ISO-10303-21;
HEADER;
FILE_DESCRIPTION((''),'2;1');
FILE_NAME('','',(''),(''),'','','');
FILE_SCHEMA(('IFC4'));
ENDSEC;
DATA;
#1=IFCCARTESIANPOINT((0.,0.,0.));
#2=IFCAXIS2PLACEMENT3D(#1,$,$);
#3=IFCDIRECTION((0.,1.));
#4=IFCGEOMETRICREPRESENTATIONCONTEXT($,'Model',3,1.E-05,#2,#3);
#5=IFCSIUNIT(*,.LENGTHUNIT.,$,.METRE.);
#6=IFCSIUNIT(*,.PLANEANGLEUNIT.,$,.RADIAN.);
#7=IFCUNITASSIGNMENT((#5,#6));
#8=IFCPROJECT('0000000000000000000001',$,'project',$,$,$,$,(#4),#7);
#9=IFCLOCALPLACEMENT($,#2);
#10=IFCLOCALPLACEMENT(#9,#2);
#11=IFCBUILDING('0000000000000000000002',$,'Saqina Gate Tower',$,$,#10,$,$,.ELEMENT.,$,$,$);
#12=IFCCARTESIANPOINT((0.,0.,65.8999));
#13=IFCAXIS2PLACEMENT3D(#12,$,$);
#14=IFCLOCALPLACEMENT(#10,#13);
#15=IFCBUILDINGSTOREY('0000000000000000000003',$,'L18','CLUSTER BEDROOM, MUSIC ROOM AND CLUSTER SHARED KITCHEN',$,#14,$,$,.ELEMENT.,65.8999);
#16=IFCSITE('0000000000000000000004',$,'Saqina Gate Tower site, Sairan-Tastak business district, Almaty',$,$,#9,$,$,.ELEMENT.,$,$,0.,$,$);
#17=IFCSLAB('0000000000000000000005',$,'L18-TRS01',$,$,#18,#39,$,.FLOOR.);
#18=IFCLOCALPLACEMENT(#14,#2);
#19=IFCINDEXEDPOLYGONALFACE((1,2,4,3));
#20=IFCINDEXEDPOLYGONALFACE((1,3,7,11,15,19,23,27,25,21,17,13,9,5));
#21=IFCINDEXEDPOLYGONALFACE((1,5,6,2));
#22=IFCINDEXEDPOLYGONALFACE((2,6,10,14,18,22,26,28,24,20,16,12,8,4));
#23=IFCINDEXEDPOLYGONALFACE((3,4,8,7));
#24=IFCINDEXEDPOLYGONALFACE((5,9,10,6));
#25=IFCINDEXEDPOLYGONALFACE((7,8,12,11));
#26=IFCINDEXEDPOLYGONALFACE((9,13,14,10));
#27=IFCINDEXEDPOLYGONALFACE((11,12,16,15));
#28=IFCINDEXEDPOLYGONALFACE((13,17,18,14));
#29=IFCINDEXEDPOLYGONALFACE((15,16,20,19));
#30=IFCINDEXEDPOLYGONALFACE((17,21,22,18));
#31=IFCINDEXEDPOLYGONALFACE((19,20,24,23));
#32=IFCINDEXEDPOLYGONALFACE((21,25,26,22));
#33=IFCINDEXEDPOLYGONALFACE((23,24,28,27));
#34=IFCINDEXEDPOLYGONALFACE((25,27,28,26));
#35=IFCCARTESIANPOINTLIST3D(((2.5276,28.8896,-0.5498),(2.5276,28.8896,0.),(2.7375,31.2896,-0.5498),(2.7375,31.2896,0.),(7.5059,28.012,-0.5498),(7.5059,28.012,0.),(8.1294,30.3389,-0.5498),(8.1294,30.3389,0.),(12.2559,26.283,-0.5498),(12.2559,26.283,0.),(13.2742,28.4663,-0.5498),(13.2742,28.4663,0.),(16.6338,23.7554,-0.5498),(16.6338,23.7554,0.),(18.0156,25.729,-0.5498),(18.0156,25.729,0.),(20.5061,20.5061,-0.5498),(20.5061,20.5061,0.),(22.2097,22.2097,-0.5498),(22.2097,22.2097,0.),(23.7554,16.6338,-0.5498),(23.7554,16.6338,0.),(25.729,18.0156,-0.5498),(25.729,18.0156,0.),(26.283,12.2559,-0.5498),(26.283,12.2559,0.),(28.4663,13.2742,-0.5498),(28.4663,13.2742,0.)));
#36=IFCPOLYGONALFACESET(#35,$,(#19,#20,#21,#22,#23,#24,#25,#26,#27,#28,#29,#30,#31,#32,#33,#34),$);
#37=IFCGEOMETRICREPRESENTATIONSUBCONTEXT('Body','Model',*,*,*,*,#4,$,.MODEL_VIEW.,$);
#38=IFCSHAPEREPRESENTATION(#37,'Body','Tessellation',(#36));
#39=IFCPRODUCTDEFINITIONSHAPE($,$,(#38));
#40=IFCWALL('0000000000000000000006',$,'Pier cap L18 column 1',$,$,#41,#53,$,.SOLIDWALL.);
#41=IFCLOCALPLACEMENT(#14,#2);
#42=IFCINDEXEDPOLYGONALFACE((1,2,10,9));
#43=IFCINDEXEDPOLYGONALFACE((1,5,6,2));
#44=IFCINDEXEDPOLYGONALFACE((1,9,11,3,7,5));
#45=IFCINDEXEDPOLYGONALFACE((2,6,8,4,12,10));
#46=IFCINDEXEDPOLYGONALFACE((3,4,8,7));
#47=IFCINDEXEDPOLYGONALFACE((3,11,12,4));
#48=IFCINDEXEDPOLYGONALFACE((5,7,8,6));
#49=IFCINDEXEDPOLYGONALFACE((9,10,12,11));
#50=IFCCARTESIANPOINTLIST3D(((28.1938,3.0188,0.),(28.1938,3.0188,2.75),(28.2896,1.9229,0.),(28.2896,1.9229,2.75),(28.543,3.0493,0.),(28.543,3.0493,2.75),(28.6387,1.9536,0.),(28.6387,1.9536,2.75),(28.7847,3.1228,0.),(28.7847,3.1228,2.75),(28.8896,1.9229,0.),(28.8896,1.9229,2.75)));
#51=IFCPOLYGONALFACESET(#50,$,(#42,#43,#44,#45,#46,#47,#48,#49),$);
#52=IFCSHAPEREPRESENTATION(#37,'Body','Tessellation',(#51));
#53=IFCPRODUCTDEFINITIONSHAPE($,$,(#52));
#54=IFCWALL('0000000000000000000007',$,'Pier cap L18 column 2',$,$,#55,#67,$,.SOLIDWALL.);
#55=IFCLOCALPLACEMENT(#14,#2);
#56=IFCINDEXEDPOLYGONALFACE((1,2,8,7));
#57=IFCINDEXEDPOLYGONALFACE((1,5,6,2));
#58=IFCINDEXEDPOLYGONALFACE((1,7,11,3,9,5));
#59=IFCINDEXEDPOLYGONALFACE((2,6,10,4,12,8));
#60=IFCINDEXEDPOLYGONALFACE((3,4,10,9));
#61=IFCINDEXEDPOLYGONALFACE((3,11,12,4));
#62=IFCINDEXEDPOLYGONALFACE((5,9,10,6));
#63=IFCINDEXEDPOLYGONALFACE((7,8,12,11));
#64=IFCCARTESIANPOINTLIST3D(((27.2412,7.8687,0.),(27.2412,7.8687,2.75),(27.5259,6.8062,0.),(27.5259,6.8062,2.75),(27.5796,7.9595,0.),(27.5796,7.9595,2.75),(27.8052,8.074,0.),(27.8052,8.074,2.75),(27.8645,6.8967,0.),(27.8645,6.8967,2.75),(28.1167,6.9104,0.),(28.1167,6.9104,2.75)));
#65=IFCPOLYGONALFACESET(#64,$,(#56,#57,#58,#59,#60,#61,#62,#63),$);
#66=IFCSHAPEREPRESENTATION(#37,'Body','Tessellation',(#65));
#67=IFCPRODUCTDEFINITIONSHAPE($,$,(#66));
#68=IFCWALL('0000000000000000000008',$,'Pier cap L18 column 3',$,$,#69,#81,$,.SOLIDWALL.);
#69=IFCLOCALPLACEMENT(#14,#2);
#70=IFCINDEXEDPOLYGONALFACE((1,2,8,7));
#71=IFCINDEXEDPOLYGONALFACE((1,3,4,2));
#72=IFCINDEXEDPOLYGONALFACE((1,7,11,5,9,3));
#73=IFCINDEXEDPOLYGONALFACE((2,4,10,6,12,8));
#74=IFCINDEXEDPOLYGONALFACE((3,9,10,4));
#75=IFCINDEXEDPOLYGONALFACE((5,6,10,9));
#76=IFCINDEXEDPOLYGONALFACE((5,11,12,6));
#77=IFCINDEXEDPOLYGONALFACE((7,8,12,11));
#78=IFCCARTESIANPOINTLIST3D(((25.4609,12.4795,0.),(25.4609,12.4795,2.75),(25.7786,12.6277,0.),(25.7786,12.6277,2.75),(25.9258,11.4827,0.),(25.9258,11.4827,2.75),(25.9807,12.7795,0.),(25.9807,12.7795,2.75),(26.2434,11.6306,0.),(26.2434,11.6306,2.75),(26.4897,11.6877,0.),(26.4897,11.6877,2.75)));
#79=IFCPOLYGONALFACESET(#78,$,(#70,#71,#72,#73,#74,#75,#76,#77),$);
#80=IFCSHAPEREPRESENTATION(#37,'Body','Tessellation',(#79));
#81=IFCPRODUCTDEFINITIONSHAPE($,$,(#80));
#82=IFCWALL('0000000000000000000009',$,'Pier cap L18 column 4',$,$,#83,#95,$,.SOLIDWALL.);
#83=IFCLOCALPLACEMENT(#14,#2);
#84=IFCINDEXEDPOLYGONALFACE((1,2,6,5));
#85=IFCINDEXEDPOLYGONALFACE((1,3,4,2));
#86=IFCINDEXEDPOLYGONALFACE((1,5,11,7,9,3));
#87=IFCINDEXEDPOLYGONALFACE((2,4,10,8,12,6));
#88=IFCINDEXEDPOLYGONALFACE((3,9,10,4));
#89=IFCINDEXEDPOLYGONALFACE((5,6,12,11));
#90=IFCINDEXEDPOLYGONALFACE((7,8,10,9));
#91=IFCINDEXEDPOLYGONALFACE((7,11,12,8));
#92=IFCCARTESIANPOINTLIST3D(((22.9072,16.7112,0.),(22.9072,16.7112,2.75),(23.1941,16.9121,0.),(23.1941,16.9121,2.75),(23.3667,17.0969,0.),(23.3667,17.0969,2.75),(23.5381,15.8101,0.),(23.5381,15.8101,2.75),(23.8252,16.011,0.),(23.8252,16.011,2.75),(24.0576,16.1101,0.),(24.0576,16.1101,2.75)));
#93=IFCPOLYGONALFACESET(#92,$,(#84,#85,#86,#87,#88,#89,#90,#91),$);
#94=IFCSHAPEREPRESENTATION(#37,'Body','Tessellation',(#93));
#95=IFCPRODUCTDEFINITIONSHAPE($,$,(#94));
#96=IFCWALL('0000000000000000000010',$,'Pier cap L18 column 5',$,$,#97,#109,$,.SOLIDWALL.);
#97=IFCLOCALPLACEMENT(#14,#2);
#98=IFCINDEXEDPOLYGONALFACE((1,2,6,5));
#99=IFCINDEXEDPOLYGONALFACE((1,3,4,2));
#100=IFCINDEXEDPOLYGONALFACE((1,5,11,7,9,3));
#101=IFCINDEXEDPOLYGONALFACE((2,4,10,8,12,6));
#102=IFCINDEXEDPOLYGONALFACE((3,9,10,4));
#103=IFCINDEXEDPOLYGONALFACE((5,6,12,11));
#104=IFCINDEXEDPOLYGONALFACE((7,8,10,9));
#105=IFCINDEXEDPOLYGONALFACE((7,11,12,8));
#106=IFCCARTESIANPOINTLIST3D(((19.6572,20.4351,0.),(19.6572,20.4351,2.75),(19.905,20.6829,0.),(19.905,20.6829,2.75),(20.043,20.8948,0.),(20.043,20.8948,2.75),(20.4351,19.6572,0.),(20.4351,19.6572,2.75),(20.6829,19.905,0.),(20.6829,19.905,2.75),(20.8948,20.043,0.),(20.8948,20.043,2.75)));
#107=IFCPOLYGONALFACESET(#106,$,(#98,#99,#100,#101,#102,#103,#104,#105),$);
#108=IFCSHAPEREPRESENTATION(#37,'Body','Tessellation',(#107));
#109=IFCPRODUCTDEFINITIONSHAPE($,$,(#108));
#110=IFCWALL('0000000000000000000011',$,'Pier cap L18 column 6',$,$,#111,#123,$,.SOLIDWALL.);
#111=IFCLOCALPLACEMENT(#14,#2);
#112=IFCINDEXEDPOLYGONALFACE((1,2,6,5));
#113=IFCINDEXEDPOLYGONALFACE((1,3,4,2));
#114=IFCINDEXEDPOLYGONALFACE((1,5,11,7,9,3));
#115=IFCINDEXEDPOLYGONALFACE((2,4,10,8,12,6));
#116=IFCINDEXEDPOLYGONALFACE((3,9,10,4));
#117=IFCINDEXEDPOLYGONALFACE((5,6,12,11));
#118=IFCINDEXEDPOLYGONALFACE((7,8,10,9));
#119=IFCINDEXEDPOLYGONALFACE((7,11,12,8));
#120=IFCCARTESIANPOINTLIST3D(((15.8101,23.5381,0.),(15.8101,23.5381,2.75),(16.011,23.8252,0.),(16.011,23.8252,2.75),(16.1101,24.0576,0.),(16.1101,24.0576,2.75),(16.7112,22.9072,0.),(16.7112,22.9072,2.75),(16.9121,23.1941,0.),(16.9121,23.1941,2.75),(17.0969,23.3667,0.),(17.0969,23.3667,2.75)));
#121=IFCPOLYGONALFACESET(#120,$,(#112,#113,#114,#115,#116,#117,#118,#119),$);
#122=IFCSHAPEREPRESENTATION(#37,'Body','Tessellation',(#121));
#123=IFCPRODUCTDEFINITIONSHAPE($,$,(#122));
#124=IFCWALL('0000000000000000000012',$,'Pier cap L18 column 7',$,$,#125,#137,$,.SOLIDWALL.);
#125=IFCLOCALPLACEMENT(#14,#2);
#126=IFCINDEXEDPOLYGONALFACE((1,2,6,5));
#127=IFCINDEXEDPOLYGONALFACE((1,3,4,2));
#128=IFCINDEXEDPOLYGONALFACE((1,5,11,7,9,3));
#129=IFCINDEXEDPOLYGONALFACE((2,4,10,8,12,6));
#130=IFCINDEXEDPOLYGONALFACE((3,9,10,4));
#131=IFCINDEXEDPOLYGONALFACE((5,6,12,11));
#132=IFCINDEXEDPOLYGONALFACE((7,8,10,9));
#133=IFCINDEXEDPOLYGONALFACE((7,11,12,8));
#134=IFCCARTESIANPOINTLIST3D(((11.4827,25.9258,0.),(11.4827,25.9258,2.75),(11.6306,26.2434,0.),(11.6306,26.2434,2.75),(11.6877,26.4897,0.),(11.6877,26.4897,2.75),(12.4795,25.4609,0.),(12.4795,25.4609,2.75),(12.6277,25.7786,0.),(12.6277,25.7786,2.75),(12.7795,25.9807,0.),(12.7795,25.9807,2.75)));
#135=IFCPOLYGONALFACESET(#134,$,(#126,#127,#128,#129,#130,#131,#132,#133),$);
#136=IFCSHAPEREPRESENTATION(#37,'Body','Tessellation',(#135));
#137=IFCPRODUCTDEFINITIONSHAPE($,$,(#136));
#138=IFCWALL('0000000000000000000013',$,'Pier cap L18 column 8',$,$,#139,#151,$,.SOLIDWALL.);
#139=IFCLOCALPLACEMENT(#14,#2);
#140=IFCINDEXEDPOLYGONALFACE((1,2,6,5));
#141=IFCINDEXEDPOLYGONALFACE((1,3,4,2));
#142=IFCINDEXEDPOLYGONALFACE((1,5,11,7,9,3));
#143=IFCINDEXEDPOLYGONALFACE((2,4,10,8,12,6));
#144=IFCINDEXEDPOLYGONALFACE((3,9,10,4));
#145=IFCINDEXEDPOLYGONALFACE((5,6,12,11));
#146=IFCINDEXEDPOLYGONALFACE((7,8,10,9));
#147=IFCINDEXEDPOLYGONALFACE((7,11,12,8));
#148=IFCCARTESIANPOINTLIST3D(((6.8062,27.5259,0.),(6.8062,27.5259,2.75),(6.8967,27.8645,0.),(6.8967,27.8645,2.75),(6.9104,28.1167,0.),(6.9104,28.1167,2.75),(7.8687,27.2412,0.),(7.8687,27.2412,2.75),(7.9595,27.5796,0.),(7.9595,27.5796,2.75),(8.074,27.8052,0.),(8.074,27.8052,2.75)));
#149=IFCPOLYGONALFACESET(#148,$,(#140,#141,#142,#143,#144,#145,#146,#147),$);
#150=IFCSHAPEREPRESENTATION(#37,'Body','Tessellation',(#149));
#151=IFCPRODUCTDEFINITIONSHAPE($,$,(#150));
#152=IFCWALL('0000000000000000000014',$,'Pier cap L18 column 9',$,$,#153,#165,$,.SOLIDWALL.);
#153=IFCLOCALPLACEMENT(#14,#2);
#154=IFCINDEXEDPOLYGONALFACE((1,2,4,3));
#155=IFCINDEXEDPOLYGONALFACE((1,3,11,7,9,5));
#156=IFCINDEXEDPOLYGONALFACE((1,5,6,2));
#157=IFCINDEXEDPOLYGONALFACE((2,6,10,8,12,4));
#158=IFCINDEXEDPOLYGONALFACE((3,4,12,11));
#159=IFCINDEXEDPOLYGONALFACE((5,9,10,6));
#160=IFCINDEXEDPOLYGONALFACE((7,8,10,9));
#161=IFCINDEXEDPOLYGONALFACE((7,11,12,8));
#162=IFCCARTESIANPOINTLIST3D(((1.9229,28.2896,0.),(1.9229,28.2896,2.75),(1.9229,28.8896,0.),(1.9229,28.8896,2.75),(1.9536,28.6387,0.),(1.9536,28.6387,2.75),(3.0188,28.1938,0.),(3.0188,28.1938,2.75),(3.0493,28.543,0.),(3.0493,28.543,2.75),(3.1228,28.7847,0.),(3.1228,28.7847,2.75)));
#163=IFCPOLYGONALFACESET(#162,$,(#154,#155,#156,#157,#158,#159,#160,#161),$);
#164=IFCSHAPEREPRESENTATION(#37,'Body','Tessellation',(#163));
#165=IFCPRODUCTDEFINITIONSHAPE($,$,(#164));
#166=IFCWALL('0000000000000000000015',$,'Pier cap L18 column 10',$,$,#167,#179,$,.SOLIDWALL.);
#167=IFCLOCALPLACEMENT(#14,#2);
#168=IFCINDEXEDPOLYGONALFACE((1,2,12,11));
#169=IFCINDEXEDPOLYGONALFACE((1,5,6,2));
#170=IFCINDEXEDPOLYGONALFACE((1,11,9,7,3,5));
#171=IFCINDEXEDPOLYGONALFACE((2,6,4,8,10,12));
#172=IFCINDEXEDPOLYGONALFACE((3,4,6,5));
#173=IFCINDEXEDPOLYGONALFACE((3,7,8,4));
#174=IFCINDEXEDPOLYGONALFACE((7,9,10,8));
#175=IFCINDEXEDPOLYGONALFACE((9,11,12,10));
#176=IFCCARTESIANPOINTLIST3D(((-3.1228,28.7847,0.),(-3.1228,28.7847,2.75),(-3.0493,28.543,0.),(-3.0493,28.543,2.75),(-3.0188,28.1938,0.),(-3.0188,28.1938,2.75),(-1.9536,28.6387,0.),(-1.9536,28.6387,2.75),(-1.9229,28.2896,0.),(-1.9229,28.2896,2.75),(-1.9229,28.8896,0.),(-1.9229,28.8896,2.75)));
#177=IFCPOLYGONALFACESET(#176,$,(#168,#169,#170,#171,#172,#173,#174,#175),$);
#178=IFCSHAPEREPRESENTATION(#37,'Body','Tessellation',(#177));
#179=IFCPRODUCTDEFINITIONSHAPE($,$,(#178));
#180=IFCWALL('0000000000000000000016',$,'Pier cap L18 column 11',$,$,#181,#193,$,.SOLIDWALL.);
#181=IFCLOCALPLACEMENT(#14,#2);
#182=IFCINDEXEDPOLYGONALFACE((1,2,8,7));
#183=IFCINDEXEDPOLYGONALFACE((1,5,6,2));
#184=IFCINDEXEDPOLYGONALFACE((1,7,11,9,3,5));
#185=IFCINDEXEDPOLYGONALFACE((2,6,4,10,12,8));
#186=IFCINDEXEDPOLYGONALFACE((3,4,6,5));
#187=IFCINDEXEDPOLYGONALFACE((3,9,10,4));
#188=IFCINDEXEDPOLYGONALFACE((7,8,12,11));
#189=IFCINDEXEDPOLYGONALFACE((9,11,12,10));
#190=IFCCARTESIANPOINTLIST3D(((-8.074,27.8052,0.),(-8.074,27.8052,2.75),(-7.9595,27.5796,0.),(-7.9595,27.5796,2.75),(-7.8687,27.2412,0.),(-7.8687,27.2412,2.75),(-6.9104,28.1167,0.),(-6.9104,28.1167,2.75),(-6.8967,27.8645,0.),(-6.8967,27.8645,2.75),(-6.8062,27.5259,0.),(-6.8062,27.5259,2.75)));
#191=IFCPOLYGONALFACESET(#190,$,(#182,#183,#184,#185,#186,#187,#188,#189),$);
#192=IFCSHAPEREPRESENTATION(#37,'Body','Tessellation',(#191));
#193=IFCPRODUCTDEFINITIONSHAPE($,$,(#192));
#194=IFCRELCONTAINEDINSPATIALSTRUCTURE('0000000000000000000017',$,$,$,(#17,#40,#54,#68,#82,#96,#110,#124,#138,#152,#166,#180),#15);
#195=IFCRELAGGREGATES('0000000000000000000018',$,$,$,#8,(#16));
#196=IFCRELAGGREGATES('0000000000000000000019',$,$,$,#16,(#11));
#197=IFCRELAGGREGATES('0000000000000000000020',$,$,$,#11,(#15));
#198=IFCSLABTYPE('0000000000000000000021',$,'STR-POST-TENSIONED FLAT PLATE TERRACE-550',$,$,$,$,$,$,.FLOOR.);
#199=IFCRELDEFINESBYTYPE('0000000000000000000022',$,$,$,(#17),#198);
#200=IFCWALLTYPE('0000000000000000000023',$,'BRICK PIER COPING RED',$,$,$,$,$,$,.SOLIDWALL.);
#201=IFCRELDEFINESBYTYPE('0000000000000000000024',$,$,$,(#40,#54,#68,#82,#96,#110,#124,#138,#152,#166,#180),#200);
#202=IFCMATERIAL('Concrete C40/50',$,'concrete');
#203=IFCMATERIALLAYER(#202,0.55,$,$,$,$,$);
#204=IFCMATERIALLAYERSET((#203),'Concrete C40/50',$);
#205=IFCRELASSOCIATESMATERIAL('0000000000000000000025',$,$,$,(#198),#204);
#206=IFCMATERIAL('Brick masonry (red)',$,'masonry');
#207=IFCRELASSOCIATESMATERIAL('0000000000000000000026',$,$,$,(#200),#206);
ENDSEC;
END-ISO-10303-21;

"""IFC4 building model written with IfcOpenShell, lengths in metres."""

from ifc_helpers import new_model, si_unit, direction, frame, origin, place, context, subcontext, project, spatial, polyline, outline, extrude, material, layer, layer_set, type_object, element, save


model = new_model("IFC4")

# Units and contexts
model_context = context("Model", 3, precision=1e-05, world=origin(), true_north=direction((0.0, 1.0)))
body_context = subcontext(model_context, "Body", "Model", "MODEL_VIEW")
ifc_project = project(units=[si_unit("LENGTHUNIT", "METRE"), si_unit("PLANEANGLEUNIT", "RADIAN")], contexts=[model_context])

# Site, building, storey
site_placement = place(None, origin())
site = spatial("IfcSite", under=ifc_project, at=site_placement, Name="Saqina Gate Tower site, Sairan-Tastak business district, Almaty", CompositionType="ELEMENT", RefElevation=0.0)
building_placement = place(site_placement, origin())
building = spatial("IfcBuilding", under=site, at=building_placement, Name="Saqina Gate Tower", CompositionType="ELEMENT")
storey_placement = place(building_placement, frame((0.0, 0.0, 65.8999)))
storey = spatial("IfcBuildingStorey", under=building, at=storey_placement, Name="L18", Description="CLUSTER BEDROOM, MUSIC ROOM AND CLUSTER SHARED KITCHEN", CompositionType="ELEMENT", Elevation=65.8999)

# Slab
ifc_material_1 = material(Name="Concrete C40/50", Category="concrete")
ifc_layer = layer(ifc_material_1, 0.55)
ifc_layer_set = layer_set([ifc_layer], Name="Concrete C40/50")
slab_type = type_object("IfcSlabType", Name="STR-POST-TENSIONED FLAT PLATE TERRACE-550", PredefinedType="FLOOR", material=ifc_layer_set)
slab_placement = place(storey_placement, frame((0.0, 0.0, -0.5498)))
element("IfcSlab", 1, at=slab_placement, inside=storey, type_object=slab_type, Name="L18-TRS01", PredefinedType="FLOOR", context=body_context, shape_type="SweptSolid", body=[
    extrude(outline(polyline([(26.283, 12.2559), (23.7554, 16.6338), (20.5061, 20.5061), (16.6338, 23.7554), (12.2559, 26.283), (7.5059, 28.012), (2.5276, 28.8896), (2.7375, 31.2896), (8.1294, 30.3389), (13.2742, 28.4663), (18.0156, 25.729), (22.2097, 22.2097), (25.729, 18.0156), (28.4663, 13.2742), (26.283, 12.2559)])), origin(), (0.0, 0.0, 1.0), 0.5498),
])

# Walls
ifc_material_2 = material(Name="Brick masonry (red)", Category="masonry")
wall_type = type_object("IfcWallType", Name="BRICK PIER COPING RED", PredefinedType="SOLIDWALL", material=ifc_material_2)
wall_1_placement = place(storey_placement, origin())
element("IfcWall", 2, at=wall_1_placement, inside=storey, type_object=wall_type, Name="Pier cap L18 column 1", PredefinedType="SOLIDWALL", context=body_context, shape_type="SweptSolid", body=[
    extrude(outline(polyline([(28.8896, 1.9229), (28.7847, 3.1228), (28.1938, 3.0188), (28.543, 3.0493), (28.6387, 1.9536), (28.2896, 1.9229), (28.8896, 1.9229)])), origin(), (0.0, 0.0, 1.0), 2.75),
])
wall_2_placement = place(storey_placement, origin())
element("IfcWall", 3, at=wall_2_placement, inside=storey, type_object=wall_type, Name="Pier cap L18 column 2", PredefinedType="SOLIDWALL", context=body_context, shape_type="SweptSolid", body=[
    extrude(outline(polyline([(28.1167, 6.9104), (27.8052, 8.074), (27.2412, 7.8687), (27.5796, 7.9595), (27.8645, 6.8967), (27.5259, 6.8062), (28.1167, 6.9104)])), origin(), (0.0, 0.0, 1.0), 2.75),
])
wall_3_placement = place(storey_placement, origin())
element("IfcWall", 4, at=wall_3_placement, inside=storey, type_object=wall_type, Name="Pier cap L18 column 3", PredefinedType="SOLIDWALL", context=body_context, shape_type="SweptSolid", body=[
    extrude(outline(polyline([(25.9807, 12.7795), (25.4609, 12.4795), (25.7786, 12.6277), (26.2434, 11.6306), (25.9258, 11.4827), (26.4897, 11.6877), (25.9807, 12.7795)])), origin(), (0.0, 0.0, 1.0), 2.75),
])
wall_4_placement = place(storey_placement, origin())
element("IfcWall", 5, at=wall_4_placement, inside=storey, type_object=wall_type, Name="Pier cap L18 column 4", PredefinedType="SOLIDWALL", context=body_context, shape_type="SweptSolid", body=[
    extrude(outline(polyline([(24.0576, 16.1101), (23.3667, 17.0969), (22.9072, 16.7112), (23.1941, 16.9121), (23.8252, 16.011), (23.5381, 15.8101), (24.0576, 16.1101)])), origin(), (0.0, 0.0, 1.0), 2.75),
])
wall_5_placement = place(storey_placement, origin())
element("IfcWall", 6, at=wall_5_placement, inside=storey, type_object=wall_type, Name="Pier cap L18 column 5", PredefinedType="SOLIDWALL", context=body_context, shape_type="SweptSolid", body=[
    extrude(outline(polyline([(20.043, 20.8948), (19.6572, 20.4351), (19.905, 20.6829), (20.6829, 19.905), (20.4351, 19.6572), (20.8948, 20.043), (20.043, 20.8948)])), origin(), (0.0, 0.0, 1.0), 2.75),
])
wall_6_placement = place(storey_placement, origin())
element("IfcWall", 7, at=wall_6_placement, inside=storey, type_object=wall_type, Name="Pier cap L18 column 6", PredefinedType="SOLIDWALL", context=body_context, shape_type="SweptSolid", body=[
    extrude(outline(polyline([(17.0969, 23.3667), (16.1101, 24.0576), (15.8101, 23.5381), (16.011, 23.8252), (16.9121, 23.1941), (16.7112, 22.9072), (17.0969, 23.3667)])), origin(), (0.0, 0.0, 1.0), 2.75),
])
wall_7_placement = place(storey_placement, origin())
element("IfcWall", 8, at=wall_7_placement, inside=storey, type_object=wall_type, Name="Pier cap L18 column 7", PredefinedType="SOLIDWALL", context=body_context, shape_type="SweptSolid", body=[
    extrude(outline(polyline([(11.6877, 26.4897), (11.4827, 25.9258), (11.6306, 26.2434), (12.6277, 25.7786), (12.4795, 25.4609), (12.7795, 25.9807), (11.6877, 26.4897)])), origin(), (0.0, 0.0, 1.0), 2.75),
])
wall_8_placement = place(storey_placement, origin())
element("IfcWall", 9, at=wall_8_placement, inside=storey, type_object=wall_type, Name="Pier cap L18 column 8", PredefinedType="SOLIDWALL", context=body_context, shape_type="SweptSolid", body=[
    extrude(outline(polyline([(6.9104, 28.1167), (6.8062, 27.5259), (6.8967, 27.8645), (7.9595, 27.5796), (7.8687, 27.2412), (8.074, 27.8052), (6.9104, 28.1167)])), origin(), (0.0, 0.0, 1.0), 2.75),
])
wall_9_placement = place(storey_placement, origin())
element("IfcWall", 10, at=wall_9_placement, inside=storey, type_object=wall_type, Name="Pier cap L18 column 9", PredefinedType="SOLIDWALL", context=body_context, shape_type="SweptSolid", body=[
    extrude(outline(polyline([(3.1228, 28.7847), (1.9229, 28.8896), (1.9229, 28.2896), (1.9536, 28.6387), (3.0493, 28.543), (3.0188, 28.1938), (3.1228, 28.7847)])), origin(), (0.0, 0.0, 1.0), 2.75),
])
wall_10_placement = place(storey_placement, origin())
element("IfcWall", 11, at=wall_10_placement, inside=storey, type_object=wall_type, Name="Pier cap L18 column 10", PredefinedType="SOLIDWALL", context=body_context, shape_type="SweptSolid", body=[
    extrude(outline(polyline([(-1.9229, 28.8896), (-3.1228, 28.7847), (-3.0188, 28.1938), (-3.0493, 28.543), (-1.9536, 28.6387), (-1.9229, 28.2896), (-1.9229, 28.8896)])), origin(), (0.0, 0.0, 1.0), 2.75),
])
wall_11_placement = place(storey_placement, origin())
element("IfcWall", 12, at=wall_11_placement, inside=storey, type_object=wall_type, Name="Pier cap L18 column 11", PredefinedType="SOLIDWALL", context=body_context, shape_type="SweptSolid", body=[
    extrude(outline(polyline([(-6.9104, 28.1167), (-8.074, 27.8052), (-7.8687, 27.2412), (-7.9595, 27.5796), (-6.8967, 27.8645), (-6.8062, 27.5259), (-6.9104, 28.1167)])), origin(), (0.0, 0.0, 1.0), 2.75),
])

save(model, "model.ifc")
